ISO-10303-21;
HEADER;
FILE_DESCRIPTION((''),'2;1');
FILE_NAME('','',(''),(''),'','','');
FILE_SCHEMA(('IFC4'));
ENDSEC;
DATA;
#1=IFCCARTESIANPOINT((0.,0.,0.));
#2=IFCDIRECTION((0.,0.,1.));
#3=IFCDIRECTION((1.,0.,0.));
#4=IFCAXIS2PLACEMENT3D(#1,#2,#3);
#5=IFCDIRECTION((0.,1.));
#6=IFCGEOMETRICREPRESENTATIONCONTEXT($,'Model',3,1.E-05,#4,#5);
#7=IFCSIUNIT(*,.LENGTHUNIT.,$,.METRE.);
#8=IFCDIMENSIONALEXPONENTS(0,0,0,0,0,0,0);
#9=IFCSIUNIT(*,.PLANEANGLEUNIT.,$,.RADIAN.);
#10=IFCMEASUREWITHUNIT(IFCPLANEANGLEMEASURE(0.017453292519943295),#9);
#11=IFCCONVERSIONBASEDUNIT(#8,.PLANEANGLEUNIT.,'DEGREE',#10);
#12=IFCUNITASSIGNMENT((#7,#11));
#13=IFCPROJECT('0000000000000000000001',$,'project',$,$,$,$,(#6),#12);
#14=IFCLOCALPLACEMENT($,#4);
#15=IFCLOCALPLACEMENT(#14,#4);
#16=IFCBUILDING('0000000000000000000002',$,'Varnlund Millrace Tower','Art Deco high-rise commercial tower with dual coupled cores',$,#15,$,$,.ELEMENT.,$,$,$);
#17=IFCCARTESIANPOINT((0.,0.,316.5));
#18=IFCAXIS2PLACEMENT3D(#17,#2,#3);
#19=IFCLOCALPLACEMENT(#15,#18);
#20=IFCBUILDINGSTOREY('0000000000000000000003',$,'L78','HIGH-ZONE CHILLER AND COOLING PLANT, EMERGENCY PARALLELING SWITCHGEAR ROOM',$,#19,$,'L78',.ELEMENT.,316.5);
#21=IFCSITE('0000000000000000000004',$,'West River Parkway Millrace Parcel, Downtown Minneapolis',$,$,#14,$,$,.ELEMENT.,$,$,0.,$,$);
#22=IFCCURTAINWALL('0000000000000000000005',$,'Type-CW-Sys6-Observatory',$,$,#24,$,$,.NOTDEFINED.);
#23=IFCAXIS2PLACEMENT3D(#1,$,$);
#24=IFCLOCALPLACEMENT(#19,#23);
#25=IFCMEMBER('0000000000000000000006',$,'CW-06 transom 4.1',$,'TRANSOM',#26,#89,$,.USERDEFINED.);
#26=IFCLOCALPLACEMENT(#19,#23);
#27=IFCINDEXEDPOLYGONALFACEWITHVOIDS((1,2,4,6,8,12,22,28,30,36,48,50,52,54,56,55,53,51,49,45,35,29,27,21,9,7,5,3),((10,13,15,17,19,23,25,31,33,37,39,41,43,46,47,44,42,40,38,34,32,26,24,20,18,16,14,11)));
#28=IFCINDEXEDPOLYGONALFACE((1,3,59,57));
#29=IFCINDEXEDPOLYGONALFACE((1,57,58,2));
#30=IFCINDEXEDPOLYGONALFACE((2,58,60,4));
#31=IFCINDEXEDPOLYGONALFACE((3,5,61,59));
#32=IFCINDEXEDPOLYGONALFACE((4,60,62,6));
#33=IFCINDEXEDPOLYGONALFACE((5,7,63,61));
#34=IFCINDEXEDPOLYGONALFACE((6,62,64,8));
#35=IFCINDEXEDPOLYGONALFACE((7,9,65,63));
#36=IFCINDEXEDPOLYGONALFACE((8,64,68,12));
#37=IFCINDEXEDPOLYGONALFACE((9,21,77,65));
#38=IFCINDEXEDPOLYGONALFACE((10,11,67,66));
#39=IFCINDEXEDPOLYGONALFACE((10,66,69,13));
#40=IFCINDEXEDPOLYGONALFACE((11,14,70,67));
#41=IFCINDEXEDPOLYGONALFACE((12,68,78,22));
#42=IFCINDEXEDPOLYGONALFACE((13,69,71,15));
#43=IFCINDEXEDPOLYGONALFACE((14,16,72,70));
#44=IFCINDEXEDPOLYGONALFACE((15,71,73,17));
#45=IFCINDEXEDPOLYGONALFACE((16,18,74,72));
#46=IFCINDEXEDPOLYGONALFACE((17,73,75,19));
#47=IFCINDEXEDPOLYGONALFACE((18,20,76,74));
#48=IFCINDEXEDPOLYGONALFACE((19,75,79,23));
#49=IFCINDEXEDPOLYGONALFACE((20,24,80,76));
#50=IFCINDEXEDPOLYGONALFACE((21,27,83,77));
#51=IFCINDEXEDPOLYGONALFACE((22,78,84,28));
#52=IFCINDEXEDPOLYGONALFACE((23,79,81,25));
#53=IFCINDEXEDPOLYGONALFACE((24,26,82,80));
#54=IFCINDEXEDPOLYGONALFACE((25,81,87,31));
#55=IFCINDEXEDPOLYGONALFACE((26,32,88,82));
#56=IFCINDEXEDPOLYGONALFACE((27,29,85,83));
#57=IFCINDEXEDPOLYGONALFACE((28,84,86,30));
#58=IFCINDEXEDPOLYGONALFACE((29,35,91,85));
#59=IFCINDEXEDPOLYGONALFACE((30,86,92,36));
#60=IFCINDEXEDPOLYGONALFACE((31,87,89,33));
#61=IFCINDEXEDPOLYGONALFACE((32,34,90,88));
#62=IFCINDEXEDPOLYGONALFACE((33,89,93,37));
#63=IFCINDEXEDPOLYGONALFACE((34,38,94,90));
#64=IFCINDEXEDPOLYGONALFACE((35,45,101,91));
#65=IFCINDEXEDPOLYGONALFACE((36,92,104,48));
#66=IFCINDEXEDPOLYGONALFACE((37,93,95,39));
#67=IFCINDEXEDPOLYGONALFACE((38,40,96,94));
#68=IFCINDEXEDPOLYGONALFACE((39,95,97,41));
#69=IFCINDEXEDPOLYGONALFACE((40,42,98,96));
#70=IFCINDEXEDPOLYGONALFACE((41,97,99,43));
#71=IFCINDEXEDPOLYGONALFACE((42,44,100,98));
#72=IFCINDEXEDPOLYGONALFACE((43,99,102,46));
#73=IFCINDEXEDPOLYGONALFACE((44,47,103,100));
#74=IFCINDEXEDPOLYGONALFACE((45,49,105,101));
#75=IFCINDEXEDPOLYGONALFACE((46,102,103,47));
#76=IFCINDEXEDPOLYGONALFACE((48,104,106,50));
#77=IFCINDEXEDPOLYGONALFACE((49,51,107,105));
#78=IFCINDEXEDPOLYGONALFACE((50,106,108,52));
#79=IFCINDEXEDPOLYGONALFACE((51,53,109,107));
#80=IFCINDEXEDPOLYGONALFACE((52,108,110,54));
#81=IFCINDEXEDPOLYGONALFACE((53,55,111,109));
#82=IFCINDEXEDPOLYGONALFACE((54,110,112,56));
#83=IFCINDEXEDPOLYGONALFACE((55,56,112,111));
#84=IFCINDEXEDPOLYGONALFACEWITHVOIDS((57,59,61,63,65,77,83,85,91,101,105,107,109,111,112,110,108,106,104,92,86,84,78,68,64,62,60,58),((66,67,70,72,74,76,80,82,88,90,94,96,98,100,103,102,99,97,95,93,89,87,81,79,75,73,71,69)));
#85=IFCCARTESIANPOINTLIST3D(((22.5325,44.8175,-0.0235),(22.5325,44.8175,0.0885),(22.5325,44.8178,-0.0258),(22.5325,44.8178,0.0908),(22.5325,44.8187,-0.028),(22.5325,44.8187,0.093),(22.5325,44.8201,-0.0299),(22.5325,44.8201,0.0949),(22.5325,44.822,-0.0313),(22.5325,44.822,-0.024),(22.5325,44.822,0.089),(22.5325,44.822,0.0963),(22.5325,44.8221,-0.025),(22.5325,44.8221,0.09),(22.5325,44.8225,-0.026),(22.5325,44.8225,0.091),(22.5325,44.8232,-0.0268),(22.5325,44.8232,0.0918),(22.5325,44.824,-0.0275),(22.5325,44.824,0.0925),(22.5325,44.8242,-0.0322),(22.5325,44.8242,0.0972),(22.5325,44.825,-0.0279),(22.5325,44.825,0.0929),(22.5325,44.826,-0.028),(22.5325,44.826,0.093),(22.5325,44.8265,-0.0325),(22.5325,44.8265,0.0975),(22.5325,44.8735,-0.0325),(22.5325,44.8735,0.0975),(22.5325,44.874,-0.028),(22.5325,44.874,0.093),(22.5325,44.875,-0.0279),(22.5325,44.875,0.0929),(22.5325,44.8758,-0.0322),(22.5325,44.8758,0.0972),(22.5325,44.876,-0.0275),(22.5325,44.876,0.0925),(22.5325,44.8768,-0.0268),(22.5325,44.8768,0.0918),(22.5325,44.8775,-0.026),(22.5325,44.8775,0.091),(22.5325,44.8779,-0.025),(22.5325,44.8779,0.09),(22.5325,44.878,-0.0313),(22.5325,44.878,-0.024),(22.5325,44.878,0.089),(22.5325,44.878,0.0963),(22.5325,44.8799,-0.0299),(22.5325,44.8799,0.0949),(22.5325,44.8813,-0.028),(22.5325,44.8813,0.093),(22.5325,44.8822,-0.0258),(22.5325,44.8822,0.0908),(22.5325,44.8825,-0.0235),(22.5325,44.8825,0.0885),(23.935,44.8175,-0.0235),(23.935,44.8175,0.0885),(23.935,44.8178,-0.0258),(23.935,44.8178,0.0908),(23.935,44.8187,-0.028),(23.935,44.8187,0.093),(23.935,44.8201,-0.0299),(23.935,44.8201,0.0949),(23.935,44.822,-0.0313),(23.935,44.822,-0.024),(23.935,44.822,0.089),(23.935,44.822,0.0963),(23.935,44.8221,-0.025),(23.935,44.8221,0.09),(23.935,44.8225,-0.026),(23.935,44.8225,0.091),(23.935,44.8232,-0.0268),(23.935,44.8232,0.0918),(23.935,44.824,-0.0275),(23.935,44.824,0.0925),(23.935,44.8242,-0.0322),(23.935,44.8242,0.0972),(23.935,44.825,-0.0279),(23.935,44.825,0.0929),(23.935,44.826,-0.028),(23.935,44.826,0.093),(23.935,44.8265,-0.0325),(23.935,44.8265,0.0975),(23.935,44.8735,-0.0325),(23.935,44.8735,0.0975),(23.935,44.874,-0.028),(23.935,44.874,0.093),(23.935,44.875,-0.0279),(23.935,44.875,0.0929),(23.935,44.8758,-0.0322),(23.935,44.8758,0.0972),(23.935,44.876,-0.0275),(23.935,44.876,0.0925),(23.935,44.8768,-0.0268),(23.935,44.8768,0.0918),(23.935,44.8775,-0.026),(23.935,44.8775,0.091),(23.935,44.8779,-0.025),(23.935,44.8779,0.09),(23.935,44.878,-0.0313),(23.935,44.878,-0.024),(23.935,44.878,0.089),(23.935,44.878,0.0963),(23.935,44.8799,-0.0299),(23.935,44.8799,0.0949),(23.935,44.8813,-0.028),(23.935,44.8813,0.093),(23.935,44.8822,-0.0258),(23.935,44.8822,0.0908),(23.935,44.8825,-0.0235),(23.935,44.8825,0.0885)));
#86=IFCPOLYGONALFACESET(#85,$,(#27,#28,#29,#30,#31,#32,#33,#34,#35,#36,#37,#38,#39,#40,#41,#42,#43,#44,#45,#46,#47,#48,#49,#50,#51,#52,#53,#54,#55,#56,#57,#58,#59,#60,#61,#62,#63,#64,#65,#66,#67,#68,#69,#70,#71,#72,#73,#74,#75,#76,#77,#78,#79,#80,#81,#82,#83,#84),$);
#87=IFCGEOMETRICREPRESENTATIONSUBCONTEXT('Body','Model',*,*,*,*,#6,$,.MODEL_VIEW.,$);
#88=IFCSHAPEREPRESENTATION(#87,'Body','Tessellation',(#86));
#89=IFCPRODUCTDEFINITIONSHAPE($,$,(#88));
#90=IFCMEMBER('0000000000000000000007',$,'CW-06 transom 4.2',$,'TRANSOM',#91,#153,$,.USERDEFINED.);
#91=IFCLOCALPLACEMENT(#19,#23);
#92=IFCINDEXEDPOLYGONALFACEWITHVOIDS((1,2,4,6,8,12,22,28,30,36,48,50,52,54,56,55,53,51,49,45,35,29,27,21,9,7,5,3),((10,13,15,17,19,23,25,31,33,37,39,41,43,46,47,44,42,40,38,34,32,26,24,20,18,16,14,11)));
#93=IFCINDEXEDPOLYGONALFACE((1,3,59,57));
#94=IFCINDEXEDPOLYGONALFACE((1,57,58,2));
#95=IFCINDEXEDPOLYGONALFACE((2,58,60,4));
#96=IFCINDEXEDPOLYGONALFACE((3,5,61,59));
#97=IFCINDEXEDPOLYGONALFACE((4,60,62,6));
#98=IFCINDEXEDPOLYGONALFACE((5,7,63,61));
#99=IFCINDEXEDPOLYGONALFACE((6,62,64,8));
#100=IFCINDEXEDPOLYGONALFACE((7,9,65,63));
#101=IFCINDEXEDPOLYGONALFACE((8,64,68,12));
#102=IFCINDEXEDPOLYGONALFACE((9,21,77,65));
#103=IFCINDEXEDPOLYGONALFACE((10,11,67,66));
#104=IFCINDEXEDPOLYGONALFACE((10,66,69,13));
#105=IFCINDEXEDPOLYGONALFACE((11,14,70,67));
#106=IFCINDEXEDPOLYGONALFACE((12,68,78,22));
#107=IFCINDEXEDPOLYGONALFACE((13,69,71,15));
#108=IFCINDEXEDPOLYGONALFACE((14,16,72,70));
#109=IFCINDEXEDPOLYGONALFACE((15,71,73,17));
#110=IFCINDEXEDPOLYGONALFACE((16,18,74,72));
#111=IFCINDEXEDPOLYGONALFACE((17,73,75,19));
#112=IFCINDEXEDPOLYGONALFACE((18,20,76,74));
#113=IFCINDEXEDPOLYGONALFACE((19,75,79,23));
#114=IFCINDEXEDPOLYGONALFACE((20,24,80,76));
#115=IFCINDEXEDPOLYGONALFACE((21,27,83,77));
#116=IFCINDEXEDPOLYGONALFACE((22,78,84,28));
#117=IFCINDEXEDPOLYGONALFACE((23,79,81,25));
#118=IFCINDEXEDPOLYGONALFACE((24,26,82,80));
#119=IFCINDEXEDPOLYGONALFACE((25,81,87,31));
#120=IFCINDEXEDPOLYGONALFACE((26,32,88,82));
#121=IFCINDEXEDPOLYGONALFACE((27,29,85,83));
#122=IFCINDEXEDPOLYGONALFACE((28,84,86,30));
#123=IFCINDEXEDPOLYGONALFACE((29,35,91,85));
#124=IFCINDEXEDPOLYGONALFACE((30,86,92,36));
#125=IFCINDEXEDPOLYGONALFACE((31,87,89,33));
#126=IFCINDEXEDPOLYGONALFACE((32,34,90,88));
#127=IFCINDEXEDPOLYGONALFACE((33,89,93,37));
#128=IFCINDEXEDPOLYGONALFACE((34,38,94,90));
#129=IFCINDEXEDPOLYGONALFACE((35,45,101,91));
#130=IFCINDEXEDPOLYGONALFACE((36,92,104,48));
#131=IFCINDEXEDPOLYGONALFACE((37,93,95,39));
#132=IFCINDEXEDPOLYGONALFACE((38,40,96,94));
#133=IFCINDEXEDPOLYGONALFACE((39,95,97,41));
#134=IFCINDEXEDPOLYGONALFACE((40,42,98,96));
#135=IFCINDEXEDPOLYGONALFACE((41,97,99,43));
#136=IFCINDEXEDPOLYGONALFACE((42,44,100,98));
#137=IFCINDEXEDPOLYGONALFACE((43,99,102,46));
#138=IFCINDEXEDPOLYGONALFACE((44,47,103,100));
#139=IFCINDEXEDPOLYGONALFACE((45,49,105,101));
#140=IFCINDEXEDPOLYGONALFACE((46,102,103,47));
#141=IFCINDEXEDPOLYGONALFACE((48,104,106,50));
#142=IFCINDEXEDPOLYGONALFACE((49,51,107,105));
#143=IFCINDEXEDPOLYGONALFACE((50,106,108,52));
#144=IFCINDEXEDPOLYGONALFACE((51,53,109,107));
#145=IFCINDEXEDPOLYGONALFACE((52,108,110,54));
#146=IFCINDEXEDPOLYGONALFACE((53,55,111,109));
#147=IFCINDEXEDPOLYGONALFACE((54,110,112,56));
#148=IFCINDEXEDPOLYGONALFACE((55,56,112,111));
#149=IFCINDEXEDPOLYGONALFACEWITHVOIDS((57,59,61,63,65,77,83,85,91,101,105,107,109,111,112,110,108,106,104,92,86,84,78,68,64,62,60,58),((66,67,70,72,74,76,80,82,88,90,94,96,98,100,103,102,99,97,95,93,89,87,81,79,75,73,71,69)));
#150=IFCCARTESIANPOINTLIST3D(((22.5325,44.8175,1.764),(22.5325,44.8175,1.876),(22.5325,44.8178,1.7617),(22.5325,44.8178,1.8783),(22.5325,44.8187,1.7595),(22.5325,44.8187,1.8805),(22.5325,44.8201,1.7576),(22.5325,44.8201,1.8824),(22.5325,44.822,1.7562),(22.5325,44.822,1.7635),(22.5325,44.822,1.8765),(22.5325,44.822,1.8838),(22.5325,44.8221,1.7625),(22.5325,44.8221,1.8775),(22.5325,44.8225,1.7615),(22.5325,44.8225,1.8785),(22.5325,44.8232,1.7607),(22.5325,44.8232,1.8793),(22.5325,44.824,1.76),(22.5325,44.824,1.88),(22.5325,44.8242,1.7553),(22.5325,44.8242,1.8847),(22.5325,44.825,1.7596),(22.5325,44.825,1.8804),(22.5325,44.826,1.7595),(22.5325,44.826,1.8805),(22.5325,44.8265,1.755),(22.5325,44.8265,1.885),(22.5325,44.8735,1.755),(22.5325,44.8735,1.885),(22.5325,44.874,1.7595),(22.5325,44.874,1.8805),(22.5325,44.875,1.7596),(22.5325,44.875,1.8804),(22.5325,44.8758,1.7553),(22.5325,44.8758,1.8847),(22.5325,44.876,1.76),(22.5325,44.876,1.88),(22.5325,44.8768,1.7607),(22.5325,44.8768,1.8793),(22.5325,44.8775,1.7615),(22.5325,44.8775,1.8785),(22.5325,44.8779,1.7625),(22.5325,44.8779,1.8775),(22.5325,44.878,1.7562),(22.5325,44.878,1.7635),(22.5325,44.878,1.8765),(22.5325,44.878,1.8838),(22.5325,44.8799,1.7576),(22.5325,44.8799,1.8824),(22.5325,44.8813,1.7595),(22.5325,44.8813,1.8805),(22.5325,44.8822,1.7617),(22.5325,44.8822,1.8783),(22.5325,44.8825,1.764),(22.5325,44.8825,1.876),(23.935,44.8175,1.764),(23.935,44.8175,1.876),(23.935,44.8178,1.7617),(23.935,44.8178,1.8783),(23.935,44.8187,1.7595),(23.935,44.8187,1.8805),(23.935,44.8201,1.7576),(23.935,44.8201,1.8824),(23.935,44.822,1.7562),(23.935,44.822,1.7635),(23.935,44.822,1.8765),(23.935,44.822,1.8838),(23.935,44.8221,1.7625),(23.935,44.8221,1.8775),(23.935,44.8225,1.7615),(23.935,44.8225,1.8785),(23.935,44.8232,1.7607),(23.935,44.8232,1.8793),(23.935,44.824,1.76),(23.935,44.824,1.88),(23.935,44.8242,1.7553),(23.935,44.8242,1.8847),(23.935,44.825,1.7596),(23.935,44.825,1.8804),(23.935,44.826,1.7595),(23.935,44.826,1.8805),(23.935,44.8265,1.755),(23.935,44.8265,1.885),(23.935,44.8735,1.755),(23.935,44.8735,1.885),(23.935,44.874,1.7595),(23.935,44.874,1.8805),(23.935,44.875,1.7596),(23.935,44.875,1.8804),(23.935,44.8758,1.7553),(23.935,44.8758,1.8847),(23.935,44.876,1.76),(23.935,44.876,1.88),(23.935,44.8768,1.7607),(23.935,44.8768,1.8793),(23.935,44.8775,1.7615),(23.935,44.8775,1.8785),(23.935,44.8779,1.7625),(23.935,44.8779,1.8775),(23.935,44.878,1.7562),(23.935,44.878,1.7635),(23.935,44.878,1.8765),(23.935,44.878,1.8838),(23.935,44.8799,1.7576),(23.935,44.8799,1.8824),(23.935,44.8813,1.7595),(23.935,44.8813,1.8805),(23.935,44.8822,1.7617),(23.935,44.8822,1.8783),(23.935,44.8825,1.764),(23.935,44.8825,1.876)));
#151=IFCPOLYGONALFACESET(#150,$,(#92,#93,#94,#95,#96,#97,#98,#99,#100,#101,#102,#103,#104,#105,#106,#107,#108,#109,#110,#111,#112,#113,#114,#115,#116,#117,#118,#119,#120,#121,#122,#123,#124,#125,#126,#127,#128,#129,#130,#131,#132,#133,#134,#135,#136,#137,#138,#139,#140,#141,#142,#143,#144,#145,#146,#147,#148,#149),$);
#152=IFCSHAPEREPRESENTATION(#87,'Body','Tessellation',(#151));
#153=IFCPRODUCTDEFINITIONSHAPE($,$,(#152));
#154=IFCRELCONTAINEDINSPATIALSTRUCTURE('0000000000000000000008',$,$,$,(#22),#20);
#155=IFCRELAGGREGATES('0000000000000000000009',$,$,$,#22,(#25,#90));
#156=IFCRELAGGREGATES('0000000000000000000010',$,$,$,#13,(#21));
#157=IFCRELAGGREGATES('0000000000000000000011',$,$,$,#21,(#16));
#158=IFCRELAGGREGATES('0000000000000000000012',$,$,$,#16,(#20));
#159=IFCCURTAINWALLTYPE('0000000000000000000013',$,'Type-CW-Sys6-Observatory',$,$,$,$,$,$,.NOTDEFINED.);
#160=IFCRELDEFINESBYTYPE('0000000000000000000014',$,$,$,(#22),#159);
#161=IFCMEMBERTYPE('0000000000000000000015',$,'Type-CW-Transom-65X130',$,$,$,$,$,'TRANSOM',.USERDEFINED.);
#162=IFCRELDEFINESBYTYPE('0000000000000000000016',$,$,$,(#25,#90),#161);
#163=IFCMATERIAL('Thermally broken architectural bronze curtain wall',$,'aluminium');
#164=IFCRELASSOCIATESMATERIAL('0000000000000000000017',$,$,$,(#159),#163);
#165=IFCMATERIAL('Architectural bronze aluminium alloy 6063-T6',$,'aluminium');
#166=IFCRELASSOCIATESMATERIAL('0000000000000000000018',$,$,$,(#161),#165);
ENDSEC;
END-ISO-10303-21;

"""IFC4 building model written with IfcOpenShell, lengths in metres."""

from ifc_helpers import new_model, entity, si_unit, converted_unit, direction, frame, origin_with_axes, origin_2d_with_axis, place, context, subcontext, project, spatial, hollow_rectangle, extrude, material, material_profile, profile_set, type_object, element, aggregate, save


model = new_model("IFC4")

# Units and contexts
model_context = context("Model", 3, precision=1e-05, world=origin_with_axes(), true_north=direction((0.0, 1.0)))
body_context = subcontext(model_context, "Body", "Model", "MODEL_VIEW")
ifc_project = project(units=[si_unit("LENGTHUNIT", "METRE"), converted_unit("PLANEANGLEUNIT", "DEGREE", entity("IfcPlaneAngleMeasure", 0.017453292519943295), si_unit("PLANEANGLEUNIT", "RADIAN"), dimensions=[0, 0, 0, 0, 0, 0, 0])], contexts=[model_context])

# Site, building, storey
site_placement = place(None, origin_with_axes())
site = spatial("IfcSite", under=ifc_project, at=site_placement, Name="West River Parkway Millrace Parcel, Downtown Minneapolis", CompositionType="ELEMENT", RefElevation=0.0)
building_placement = place(site_placement, origin_with_axes())
building = spatial("IfcBuilding", under=site, at=building_placement, Name="Varnlund Millrace Tower", Description="Art Deco high-rise commercial tower with dual coupled cores", CompositionType="ELEMENT")
storey_placement = place(building_placement, frame((0.0, 0.0, 316.5), z_axis=(0.0, 0.0, 1.0), x_axis=(1.0, 0.0, 0.0)))
storey = spatial("IfcBuildingStorey", under=building, at=storey_placement, Name="L78", Description="HIGH-ZONE CHILLER AND COOLING PLANT, EMERGENCY PARALLELING SWITCHGEAR ROOM", LongName="L78", CompositionType="ELEMENT", Elevation=316.5)

# Curtain wall, members
ifc_material_1 = material(Name="Thermally broken architectural bronze curtain wall", Category="aluminium")
curtain_wall_type = type_object("IfcCurtainWallType", Name="Type-CW-Sys6-Observatory", PredefinedType="NOTDEFINED", material=ifc_material_1)
ifc_material_2 = material(Name="Architectural bronze aluminium alloy 6063-T6", Category="aluminium")
ifc_material_profile_1 = material_profile(ifc_material_2, hollow_rectangle(XDim=0.065, YDim=0.13, WallThickness=0.0045, InnerFilletRadius=0.004, OuterFilletRadius=0.009, at=origin_2d_with_axis()), Name="Architectural bronze aluminium alloy 6063-T6")
ifc_profile_set_1 = profile_set([ifc_material_profile_1], Name="Architectural bronze aluminium alloy 6063-T6")
member_type = type_object("IfcMemberType", Name="Type-CW-Transom-65X130", ElementType="TRANSOM", PredefinedType="USERDEFINED", material=ifc_profile_set_1)
curtain_wall_1_placement = place(storey_placement, frame((18.0, 44.85, 0.0), z_axis=(0.0, 0.0, 1.0), x_axis=(1.0, 0.0, 0.0)))
curtain_wall_1 = element("IfcCurtainWall", 1, at=curtain_wall_1_placement, inside=storey, type_object=curtain_wall_type, Name="Type-CW-Sys6-Observatory", PredefinedType="NOTDEFINED")
member_1_placement = place(storey_placement, frame((22.5325, 44.85, 0.0325), z_axis=(1.0, 0.0, 0.0), x_axis=(0.0, 1.0, 0.0)))
member_1 = element("IfcMember", 2, at=member_1_placement, type_object=member_type, Name="CW-06 transom 4.1", ObjectType="TRANSOM", PredefinedType="USERDEFINED", context=body_context, shape_type="SweptSolid", body=[
    extrude(hollow_rectangle(XDim=0.065, YDim=0.13, WallThickness=0.0045, InnerFilletRadius=0.004, OuterFilletRadius=0.009, at=origin_2d_with_axis()), origin_with_axes(), (0.0, 0.0, 1.0), 1.4025),
])
member_2_placement = place(storey_placement, frame((22.5325, 44.85, 1.82), z_axis=(1.0, 0.0, 0.0), x_axis=(0.0, 1.0, 0.0)))
member_2 = element("IfcMember", 3, at=member_2_placement, type_object=member_type, Name="CW-06 transom 4.2", ObjectType="TRANSOM", PredefinedType="USERDEFINED", context=body_context, shape_type="SweptSolid", body=[
    extrude(hollow_rectangle(XDim=0.065, YDim=0.13, WallThickness=0.0045, InnerFilletRadius=0.004, OuterFilletRadius=0.009, at=origin_2d_with_axis()), origin_with_axes(), (0.0, 0.0, 1.0), 1.4025),
])

aggregate(curtain_wall_1, [member_1, member_2])

save(model, "model.ifc")
